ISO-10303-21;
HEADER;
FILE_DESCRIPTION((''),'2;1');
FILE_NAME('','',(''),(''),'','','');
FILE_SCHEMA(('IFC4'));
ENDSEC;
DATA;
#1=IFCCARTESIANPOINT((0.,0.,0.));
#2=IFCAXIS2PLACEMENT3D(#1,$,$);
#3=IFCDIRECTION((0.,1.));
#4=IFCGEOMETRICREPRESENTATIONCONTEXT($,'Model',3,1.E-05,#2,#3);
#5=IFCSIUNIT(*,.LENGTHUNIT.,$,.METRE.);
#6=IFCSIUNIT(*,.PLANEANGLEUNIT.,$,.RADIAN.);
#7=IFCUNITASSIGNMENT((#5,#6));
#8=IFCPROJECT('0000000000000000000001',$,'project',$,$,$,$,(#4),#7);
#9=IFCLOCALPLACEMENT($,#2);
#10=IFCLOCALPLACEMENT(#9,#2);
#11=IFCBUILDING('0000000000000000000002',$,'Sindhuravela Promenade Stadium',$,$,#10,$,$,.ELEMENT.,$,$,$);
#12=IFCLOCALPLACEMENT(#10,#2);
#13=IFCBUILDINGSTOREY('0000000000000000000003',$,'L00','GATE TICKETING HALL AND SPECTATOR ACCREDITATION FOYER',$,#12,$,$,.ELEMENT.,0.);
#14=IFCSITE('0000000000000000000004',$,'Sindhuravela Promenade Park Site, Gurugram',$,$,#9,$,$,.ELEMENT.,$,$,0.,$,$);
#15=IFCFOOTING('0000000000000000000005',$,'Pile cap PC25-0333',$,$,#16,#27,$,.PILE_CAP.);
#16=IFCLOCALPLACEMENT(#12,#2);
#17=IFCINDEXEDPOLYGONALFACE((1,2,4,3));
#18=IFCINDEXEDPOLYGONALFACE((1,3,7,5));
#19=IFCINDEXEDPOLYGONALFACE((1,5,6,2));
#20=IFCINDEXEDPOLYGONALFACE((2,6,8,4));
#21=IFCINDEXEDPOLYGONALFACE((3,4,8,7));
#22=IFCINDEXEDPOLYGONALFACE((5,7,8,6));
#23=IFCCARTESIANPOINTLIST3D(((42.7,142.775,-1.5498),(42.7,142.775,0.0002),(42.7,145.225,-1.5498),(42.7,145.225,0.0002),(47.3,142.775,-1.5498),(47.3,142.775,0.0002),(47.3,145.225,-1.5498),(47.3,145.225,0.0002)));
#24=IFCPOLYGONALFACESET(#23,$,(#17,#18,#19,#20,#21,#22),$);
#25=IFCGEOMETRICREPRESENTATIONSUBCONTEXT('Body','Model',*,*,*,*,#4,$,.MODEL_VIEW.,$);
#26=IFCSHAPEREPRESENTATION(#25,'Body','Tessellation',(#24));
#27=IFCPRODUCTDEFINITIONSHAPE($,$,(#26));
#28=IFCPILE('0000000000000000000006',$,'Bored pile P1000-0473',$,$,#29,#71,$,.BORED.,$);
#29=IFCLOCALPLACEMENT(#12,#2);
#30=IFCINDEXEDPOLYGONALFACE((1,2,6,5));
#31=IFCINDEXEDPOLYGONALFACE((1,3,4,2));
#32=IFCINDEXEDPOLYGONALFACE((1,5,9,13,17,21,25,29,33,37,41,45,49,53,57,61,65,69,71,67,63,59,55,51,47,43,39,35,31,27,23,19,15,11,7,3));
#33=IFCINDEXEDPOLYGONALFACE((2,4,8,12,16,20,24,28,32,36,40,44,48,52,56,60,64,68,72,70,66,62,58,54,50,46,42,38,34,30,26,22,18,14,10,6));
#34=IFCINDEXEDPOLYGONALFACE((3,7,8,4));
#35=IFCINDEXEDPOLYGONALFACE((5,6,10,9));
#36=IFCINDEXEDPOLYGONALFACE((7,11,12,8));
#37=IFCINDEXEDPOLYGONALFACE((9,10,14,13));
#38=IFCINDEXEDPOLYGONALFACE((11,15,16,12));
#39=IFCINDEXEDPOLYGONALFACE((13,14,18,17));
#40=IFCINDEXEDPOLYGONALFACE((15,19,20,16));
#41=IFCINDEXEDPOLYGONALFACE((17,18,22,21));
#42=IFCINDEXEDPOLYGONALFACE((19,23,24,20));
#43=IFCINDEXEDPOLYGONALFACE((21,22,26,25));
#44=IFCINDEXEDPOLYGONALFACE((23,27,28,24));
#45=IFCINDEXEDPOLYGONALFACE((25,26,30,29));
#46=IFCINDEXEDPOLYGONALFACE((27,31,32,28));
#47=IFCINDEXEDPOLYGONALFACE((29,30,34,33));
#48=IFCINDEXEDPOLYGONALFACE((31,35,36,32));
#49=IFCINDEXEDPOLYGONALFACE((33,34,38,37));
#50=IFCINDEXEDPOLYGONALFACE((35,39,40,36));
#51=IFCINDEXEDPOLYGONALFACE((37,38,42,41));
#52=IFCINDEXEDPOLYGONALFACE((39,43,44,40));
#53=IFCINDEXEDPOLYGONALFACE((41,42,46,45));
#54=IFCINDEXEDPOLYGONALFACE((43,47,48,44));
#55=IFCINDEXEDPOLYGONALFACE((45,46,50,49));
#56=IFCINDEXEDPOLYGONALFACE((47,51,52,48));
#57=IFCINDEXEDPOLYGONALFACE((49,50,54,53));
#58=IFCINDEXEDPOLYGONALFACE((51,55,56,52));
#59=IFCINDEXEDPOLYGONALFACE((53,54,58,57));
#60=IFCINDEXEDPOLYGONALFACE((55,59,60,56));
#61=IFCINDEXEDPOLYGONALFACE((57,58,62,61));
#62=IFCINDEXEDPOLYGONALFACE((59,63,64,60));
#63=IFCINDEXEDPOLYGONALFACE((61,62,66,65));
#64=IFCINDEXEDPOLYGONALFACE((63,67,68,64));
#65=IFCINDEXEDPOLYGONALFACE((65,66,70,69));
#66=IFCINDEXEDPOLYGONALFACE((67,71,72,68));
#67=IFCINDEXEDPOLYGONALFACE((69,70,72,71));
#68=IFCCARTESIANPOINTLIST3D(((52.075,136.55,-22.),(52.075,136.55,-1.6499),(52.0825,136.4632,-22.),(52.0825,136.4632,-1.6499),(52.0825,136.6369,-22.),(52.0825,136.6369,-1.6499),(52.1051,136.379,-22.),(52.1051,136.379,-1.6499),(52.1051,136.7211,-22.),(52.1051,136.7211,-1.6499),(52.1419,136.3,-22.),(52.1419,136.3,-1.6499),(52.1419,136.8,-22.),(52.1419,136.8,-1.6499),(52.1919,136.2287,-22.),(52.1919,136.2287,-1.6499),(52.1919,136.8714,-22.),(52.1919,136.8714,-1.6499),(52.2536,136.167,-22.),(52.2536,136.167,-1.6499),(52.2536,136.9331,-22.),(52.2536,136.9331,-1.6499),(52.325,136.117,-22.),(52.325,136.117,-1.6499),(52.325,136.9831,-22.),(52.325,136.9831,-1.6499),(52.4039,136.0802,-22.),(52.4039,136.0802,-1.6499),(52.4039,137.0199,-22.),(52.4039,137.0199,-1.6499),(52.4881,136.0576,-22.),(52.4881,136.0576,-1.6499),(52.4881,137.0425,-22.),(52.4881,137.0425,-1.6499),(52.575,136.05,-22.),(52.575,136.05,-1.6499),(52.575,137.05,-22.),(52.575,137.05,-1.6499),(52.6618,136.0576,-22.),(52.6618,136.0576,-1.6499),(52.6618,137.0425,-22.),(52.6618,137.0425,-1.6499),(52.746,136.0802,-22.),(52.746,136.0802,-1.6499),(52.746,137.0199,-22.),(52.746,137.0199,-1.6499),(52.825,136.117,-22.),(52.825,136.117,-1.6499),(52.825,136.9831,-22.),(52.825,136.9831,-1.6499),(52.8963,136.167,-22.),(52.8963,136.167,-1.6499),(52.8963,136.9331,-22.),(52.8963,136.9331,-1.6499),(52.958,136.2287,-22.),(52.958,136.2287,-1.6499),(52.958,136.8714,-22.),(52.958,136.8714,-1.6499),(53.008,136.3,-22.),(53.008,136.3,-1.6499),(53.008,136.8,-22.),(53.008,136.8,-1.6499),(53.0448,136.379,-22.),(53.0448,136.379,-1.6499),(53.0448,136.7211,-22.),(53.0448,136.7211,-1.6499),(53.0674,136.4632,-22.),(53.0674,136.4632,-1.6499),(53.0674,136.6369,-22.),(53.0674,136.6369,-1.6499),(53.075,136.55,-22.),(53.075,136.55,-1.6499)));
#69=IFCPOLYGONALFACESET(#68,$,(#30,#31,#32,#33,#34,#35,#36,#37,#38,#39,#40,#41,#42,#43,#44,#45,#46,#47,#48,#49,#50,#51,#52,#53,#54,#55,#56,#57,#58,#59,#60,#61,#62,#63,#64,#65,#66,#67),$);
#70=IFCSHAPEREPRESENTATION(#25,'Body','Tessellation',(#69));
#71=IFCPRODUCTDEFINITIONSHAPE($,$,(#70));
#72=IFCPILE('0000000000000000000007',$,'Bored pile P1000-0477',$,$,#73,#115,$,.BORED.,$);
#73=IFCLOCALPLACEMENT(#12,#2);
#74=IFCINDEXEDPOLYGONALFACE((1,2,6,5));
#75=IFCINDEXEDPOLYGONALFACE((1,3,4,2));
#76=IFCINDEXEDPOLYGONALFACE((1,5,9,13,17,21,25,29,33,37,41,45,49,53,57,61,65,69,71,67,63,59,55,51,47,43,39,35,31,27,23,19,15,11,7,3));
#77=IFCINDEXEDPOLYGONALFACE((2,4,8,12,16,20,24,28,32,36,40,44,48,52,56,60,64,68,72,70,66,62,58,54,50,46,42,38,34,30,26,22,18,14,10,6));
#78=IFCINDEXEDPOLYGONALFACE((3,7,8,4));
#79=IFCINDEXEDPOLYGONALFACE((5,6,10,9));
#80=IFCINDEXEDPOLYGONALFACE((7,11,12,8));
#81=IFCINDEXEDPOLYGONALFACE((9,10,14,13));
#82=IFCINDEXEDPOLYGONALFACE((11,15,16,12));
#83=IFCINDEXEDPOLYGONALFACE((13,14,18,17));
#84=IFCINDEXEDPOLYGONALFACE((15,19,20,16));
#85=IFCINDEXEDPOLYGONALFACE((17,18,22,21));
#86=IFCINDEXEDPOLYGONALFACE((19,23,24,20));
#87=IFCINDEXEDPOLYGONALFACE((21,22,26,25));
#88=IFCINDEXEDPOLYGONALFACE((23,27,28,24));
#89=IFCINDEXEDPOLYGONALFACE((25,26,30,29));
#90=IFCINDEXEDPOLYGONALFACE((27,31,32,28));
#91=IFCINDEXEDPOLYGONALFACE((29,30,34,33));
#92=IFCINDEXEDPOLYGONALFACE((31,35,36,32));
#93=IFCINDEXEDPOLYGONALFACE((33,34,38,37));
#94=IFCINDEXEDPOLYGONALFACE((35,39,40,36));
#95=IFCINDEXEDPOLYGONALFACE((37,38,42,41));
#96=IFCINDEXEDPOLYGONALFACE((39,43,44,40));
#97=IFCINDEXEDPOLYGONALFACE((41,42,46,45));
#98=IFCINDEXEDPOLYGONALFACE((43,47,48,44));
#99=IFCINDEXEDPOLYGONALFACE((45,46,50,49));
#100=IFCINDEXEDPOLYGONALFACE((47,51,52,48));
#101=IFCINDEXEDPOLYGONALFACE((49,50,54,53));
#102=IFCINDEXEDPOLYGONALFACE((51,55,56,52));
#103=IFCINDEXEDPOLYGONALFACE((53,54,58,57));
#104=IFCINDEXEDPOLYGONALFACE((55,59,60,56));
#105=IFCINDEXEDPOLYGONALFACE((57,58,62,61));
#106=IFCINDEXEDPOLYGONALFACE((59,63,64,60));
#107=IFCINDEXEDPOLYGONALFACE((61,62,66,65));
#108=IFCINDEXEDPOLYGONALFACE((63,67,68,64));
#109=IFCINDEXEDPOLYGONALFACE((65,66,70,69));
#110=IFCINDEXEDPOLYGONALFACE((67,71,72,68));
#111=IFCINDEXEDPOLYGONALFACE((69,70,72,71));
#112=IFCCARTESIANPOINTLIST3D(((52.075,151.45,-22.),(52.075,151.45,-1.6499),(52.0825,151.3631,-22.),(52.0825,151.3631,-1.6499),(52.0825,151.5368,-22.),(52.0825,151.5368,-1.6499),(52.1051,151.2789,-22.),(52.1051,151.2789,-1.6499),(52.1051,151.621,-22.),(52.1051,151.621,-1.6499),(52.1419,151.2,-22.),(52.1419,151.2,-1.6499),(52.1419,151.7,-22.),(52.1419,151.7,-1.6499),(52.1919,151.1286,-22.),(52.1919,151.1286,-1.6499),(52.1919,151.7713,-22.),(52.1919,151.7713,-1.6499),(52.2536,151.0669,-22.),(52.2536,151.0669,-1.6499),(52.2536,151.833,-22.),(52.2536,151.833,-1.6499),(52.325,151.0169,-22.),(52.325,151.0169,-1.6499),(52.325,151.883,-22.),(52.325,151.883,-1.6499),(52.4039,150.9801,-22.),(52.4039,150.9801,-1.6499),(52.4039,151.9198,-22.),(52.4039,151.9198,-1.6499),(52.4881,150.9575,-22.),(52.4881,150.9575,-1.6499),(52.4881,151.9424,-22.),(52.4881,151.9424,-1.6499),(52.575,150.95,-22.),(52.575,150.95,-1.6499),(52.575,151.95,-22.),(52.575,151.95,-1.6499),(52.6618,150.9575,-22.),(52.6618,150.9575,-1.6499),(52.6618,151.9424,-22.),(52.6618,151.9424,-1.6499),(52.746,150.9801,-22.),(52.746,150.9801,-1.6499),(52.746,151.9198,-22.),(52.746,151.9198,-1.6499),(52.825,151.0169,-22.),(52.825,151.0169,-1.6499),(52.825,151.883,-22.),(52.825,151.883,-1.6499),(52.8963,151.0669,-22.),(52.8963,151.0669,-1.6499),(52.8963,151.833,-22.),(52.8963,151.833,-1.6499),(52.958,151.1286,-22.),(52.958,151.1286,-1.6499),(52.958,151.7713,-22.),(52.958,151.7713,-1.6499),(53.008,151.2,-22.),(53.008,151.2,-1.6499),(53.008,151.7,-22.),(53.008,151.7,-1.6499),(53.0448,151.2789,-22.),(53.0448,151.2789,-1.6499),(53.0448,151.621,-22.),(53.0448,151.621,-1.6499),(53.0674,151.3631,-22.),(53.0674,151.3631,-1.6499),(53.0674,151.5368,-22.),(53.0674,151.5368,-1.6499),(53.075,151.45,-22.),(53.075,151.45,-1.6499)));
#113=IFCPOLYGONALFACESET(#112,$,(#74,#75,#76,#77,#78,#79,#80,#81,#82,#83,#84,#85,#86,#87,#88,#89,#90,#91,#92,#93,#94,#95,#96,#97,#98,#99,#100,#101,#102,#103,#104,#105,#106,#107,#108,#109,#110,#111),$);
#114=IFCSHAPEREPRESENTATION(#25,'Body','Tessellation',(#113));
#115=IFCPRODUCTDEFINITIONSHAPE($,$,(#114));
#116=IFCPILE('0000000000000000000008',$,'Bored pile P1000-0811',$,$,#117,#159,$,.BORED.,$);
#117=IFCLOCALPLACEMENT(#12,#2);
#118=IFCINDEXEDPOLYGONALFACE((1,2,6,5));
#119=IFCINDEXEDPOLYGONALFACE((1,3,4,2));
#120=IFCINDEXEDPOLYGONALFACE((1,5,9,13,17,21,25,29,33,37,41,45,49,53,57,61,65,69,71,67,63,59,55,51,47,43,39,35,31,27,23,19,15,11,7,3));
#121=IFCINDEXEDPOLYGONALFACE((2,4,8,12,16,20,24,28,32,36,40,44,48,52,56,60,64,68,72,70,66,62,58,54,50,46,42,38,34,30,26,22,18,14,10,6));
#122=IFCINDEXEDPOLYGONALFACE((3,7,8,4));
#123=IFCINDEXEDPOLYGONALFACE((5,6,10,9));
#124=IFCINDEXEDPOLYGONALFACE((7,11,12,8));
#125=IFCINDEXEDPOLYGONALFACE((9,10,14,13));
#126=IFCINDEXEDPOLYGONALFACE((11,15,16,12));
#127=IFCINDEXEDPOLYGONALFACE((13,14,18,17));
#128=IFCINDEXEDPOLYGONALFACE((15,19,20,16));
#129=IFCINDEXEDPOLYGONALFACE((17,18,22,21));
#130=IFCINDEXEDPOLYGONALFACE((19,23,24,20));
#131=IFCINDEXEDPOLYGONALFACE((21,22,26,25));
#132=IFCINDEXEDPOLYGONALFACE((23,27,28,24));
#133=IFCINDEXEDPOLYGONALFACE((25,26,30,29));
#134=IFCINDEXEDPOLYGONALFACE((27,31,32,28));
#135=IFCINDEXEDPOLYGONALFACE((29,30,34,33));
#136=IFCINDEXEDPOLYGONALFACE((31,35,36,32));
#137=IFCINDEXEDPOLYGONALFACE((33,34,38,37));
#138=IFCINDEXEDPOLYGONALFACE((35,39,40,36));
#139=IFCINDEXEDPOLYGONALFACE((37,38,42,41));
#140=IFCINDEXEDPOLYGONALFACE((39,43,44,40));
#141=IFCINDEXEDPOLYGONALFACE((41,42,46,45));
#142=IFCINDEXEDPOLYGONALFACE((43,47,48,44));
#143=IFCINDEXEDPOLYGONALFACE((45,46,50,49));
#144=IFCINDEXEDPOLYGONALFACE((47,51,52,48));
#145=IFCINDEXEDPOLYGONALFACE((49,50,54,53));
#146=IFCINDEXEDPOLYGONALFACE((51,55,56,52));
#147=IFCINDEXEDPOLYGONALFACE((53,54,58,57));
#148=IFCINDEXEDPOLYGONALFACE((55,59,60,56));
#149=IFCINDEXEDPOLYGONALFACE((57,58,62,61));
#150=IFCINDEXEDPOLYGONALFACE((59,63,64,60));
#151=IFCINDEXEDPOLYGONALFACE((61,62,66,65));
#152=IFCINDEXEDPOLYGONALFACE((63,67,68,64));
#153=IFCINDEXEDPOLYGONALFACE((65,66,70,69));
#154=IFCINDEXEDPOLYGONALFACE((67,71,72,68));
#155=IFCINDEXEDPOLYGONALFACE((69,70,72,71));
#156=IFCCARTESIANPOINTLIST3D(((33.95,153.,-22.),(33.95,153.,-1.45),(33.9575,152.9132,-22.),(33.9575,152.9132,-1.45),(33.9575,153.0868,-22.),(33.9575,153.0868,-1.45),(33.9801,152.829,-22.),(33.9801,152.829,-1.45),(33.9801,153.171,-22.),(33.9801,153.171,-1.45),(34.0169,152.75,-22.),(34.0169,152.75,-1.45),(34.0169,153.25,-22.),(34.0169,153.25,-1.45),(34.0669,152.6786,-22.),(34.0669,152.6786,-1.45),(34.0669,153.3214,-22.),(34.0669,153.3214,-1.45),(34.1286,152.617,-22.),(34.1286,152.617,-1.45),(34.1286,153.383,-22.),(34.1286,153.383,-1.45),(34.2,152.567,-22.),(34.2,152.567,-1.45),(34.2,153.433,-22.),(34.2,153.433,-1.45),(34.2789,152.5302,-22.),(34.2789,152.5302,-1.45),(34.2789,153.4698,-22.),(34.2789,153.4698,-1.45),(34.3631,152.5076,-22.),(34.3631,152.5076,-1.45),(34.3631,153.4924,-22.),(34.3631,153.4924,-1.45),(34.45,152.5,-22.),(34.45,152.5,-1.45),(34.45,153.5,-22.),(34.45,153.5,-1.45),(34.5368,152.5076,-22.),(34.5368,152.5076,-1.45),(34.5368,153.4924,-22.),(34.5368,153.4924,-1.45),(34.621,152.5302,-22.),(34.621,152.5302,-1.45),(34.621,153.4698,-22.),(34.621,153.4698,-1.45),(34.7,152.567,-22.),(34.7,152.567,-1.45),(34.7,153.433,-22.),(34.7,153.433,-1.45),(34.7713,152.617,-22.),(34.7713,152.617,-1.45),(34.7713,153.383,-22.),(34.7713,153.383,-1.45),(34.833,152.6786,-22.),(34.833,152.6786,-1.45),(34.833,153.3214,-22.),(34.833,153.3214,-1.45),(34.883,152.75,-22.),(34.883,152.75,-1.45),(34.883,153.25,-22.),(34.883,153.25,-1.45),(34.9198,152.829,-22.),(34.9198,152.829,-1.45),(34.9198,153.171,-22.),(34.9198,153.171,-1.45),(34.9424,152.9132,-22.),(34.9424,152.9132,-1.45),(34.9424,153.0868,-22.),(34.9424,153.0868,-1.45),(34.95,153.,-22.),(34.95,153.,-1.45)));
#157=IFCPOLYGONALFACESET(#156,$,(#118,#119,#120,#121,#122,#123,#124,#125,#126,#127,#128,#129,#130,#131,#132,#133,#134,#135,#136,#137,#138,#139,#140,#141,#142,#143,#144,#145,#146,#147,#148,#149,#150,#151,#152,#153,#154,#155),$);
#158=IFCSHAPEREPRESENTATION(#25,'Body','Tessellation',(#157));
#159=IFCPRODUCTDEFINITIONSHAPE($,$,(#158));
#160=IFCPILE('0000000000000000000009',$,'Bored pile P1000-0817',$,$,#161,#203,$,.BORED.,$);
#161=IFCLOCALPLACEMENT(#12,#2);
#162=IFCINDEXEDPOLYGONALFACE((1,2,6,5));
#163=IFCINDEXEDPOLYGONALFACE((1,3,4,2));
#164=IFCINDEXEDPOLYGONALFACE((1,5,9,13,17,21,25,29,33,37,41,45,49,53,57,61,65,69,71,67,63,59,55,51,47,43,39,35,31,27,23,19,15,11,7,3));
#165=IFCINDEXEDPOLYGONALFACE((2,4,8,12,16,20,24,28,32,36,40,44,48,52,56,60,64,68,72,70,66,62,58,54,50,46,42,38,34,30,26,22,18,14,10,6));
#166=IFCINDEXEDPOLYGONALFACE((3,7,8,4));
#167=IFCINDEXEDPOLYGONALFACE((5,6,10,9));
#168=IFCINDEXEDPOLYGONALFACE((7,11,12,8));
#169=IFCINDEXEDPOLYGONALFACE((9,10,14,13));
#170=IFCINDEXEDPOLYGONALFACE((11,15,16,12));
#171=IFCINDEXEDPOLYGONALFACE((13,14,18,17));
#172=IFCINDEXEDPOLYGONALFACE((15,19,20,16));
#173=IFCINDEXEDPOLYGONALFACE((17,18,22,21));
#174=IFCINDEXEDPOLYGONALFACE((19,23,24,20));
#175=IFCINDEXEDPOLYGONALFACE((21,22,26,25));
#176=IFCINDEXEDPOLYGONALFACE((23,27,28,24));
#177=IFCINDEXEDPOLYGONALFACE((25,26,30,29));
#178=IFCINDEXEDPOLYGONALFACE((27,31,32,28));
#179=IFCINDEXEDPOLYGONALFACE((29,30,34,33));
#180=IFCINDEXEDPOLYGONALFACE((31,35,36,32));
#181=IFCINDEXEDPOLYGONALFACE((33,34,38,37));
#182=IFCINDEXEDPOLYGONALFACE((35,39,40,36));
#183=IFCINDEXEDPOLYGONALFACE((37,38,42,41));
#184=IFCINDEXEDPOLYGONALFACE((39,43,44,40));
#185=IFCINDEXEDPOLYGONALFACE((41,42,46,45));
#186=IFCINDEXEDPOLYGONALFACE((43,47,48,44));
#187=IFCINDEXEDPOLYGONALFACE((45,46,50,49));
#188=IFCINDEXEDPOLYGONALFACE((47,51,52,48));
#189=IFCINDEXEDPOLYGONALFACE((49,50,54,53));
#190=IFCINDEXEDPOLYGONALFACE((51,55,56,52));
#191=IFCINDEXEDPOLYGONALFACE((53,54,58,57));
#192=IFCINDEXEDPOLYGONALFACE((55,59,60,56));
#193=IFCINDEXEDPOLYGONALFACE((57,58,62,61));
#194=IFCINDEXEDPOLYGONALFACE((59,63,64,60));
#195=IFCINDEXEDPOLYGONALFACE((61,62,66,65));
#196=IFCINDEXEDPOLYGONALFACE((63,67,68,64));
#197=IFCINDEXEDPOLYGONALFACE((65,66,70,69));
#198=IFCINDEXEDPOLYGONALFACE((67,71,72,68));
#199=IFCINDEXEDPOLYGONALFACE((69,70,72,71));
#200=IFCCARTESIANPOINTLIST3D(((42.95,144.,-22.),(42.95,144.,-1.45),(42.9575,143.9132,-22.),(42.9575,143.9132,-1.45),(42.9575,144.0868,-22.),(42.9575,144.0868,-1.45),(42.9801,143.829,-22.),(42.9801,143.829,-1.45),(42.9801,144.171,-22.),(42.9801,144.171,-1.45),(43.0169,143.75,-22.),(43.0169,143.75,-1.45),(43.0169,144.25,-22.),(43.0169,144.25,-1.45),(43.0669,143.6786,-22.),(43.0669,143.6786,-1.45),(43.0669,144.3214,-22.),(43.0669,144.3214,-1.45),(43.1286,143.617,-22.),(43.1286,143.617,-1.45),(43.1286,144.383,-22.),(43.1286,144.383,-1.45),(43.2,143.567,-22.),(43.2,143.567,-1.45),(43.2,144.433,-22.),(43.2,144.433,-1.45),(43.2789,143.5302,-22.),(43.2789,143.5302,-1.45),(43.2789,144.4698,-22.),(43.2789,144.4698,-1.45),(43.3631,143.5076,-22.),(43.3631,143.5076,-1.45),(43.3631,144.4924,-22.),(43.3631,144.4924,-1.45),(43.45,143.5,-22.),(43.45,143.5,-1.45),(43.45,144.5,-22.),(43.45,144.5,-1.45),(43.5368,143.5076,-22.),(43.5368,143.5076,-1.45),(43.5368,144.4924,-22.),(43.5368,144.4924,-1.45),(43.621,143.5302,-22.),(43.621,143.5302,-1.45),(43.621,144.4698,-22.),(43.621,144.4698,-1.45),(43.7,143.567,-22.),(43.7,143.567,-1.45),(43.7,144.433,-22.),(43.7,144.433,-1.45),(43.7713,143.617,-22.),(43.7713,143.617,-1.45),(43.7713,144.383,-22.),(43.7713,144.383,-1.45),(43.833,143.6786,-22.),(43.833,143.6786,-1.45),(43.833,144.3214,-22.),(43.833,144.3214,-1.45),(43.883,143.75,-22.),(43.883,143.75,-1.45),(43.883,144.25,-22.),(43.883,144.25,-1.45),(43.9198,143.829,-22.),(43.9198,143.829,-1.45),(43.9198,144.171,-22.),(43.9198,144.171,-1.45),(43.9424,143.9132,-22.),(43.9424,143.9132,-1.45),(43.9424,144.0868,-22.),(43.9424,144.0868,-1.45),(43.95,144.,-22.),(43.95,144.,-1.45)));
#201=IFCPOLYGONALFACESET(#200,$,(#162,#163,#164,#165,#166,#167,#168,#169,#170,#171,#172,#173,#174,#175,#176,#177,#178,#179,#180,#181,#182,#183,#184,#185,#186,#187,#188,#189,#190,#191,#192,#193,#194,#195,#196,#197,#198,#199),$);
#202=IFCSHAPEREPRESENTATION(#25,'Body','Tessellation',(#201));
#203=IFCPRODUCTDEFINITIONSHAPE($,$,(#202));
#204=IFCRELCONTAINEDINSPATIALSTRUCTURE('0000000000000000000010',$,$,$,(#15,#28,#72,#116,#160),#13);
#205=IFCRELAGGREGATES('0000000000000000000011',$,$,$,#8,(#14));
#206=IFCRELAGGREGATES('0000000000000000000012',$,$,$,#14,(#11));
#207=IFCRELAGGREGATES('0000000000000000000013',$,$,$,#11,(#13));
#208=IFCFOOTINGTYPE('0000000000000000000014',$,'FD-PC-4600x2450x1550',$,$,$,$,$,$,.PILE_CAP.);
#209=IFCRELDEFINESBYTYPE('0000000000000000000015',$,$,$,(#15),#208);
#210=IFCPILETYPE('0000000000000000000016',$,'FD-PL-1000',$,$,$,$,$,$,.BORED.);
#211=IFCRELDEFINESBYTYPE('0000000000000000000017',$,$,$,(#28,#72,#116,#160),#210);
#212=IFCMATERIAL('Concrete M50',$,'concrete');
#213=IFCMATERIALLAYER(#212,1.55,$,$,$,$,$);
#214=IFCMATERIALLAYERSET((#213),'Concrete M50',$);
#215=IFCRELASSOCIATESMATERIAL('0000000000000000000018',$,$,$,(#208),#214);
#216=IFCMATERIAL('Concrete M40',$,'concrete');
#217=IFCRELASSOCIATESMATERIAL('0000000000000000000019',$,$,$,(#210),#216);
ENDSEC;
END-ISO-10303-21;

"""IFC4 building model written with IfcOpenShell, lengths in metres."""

from ifc_helpers import new_model, si_unit, direction, frame, origin, origin_2d, place, context, subcontext, project, spatial, rectangle, circle, extrude, material, layer, layer_set, material_profile, profile_set, type_object, element, save


model = new_model("IFC4")

# Units and contexts
model_context = context("Model", 3, precision=1e-05, world=origin(), true_north=direction((0.0, 1.0)))
body_context = subcontext(model_context, "Body", "Model", "MODEL_VIEW")
ifc_project = project(units=[si_unit("LENGTHUNIT", "METRE"), si_unit("PLANEANGLEUNIT", "RADIAN")], contexts=[model_context])

# Site, building, storey
site_placement = place(None, origin())
site = spatial("IfcSite", under=ifc_project, at=site_placement, Name="Sindhuravela Promenade Park Site, Gurugram", CompositionType="ELEMENT", RefElevation=0.0)
building_placement = place(site_placement, origin())
building = spatial("IfcBuilding", under=site, at=building_placement, Name="Sindhuravela Promenade Stadium", CompositionType="ELEMENT")
storey_placement = place(building_placement, origin())
storey = spatial("IfcBuildingStorey", under=building, at=storey_placement, Name="L00", Description="GATE TICKETING HALL AND SPECTATOR ACCREDITATION FOYER", CompositionType="ELEMENT", Elevation=0.0)

# Footing
ifc_material_1 = material(Name="Concrete M50", Category="concrete")
ifc_layer_1 = layer(ifc_material_1, 1.55)
ifc_layer_set_1 = layer_set([ifc_layer_1], Name="Concrete M50")
footing_type = type_object("IfcFootingType", Name="FD-PC-4600x2450x1550", PredefinedType="PILE_CAP", material=ifc_layer_set_1)
footing_placement = place(storey_placement, frame((45.0, 144.0, -1.5498), z_axis=(0.0, 0.0, 1.0), x_axis=(1.0, 0.0, 0.0)))
element("IfcFooting", 1, at=footing_placement, inside=storey, type_object=footing_type, Name="Pile cap PC25-0333", PredefinedType="PILE_CAP", context=body_context, shape_type="SweptSolid", body=[
    extrude(rectangle(XDim=4.6001, YDim=2.45, at=origin_2d()), origin(), (0.0, 0.0, 1.0), 1.55),
])

# Piles
ifc_material_2 = material(Name="Concrete M40", Category="concrete")
ifc_material_profile_1 = material_profile(ifc_material_2, circle(Radius=0.5, at=origin_2d()), Name="BORED PILE D1000")
ifc_profile_set_1 = profile_set([ifc_material_profile_1], Name="Concrete M40")
pile_type_1 = type_object("IfcPileType", Name="FD-PL-1000", PredefinedType="BORED", material=ifc_profile_set_1)
for number, where, z_axis, x_axis, name in (
    (2, (52.575, 136.55, -1.6499), (0.0, 0.0, -1.0), (1.0, 0.0, 0.0), "Bored pile P1000-0473"),
    (3, (52.575, 151.45, -1.6499), (0.0, 0.0, -1.0), (1.0, 0.0, 0.0), "Bored pile P1000-0477"),
):
    element("IfcPile", number, at=place(storey_placement, frame(where, z_axis=z_axis, x_axis=x_axis)), inside=storey, type_object=pile_type_1, Name=name, PredefinedType="BORED", context=body_context, shape_type="SweptSolid", body=[
        extrude(circle(Radius=0.5, at=origin_2d()), origin(), (0.0, 0.0, 1.0), 20.3501),
    ])
for number, where, z_axis, x_axis, name in (
    (4, (34.45, 153.0, -1.45), (0.0, 0.0, -1.0), (1.0, 0.0, 0.0), "Bored pile P1000-0811"),
    (5, (43.45, 144.0, -1.45), (0.0, 0.0, -1.0), (1.0, 0.0, 0.0), "Bored pile P1000-0817"),
):
    element("IfcPile", number, at=place(storey_placement, frame(where, z_axis=z_axis, x_axis=x_axis)), inside=storey, type_object=pile_type_1, Name=name, PredefinedType="BORED", context=body_context, shape_type="SweptSolid", body=[
        extrude(circle(Radius=0.5, at=origin_2d()), origin(), (0.0, 0.0, 1.0), 20.55),
    ])

save(model, "model.ifc")
